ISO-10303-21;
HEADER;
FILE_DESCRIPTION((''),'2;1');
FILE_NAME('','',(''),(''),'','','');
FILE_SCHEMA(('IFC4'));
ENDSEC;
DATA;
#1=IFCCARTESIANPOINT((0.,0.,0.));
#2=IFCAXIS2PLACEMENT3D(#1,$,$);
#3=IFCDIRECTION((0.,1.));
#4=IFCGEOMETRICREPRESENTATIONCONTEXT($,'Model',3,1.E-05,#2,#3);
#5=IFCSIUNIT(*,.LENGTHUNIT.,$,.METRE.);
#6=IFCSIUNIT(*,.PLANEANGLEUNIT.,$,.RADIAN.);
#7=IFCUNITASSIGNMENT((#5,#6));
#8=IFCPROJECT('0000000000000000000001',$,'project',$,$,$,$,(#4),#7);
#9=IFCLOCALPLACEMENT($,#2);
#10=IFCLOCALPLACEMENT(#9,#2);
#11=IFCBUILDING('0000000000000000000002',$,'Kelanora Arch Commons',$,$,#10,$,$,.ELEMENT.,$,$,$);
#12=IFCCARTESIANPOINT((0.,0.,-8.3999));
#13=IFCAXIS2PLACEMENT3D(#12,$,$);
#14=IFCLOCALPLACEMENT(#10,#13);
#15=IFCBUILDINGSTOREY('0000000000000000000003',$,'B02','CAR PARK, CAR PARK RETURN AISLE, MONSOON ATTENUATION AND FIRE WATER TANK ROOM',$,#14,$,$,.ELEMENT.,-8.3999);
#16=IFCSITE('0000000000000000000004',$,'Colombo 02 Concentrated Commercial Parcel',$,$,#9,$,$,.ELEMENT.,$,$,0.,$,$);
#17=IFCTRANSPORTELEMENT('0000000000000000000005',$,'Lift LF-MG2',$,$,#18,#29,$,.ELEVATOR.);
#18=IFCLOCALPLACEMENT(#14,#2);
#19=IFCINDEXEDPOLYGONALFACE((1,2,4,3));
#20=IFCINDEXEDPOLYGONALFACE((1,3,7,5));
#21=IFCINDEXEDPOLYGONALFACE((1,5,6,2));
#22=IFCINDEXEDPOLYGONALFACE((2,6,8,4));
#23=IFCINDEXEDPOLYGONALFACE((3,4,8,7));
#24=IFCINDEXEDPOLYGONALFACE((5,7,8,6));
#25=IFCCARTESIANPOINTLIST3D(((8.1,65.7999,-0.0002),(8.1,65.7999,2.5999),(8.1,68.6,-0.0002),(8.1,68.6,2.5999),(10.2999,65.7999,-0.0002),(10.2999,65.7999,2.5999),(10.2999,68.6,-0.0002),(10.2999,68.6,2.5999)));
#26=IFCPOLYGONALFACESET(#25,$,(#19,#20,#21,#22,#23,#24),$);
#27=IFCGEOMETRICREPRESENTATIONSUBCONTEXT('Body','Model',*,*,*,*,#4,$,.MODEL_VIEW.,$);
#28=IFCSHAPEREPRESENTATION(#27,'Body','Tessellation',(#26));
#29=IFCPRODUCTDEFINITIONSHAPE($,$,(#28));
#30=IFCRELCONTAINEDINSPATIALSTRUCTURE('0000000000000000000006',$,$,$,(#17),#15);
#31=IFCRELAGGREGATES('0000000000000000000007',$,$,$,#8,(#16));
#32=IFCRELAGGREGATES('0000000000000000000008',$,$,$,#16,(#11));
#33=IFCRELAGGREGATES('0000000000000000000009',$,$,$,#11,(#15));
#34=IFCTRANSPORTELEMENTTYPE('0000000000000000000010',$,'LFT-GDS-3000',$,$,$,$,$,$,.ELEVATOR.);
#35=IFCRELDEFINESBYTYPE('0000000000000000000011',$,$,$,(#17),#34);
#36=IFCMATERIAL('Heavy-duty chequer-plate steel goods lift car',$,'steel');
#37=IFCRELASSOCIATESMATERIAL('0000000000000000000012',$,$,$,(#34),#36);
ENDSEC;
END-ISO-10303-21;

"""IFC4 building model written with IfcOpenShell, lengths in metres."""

from ifc_helpers import new_model, si_unit, direction, frame, origin, origin_2d, place, context, subcontext, project, spatial, rectangle, extrude, source, transform, mapped, material, type_object, element, save


model = new_model("IFC4")

# Units and contexts
model_context = context("Model", 3, precision=1e-05, world=origin(), true_north=direction((0.0, 1.0)))
body_context = subcontext(model_context, "Body", "Model", "MODEL_VIEW")
ifc_project = project(units=[si_unit("LENGTHUNIT", "METRE"), si_unit("PLANEANGLEUNIT", "RADIAN")], contexts=[model_context])

# Site, building, storey
site_placement = place(None, origin())
site = spatial("IfcSite", under=ifc_project, at=site_placement, Name="Colombo 02 Concentrated Commercial Parcel", CompositionType="ELEMENT", RefElevation=0.0)
building_placement = place(site_placement, origin())
building = spatial("IfcBuilding", under=site, at=building_placement, Name="Kelanora Arch Commons", CompositionType="ELEMENT")
storey_placement = place(building_placement, frame((0.0, 0.0, -8.3999)))
storey = spatial("IfcBuildingStorey", under=building, at=storey_placement, Name="B02", Description="CAR PARK, CAR PARK RETURN AISLE, MONSOON ATTENUATION AND FIRE WATER TANK ROOM", CompositionType="ELEMENT", Elevation=-8.3999)

# Transport element
ifc_material_1 = material(Name="Heavy-duty chequer-plate steel goods lift car", Category="steel")
transport_element_type = type_object("IfcTransportElementType", Name="LFT-GDS-3000", PredefinedType="ELEVATOR", material=ifc_material_1)
shared_shape_1 = source(origin(), body_context, "Body", "SweptSolid", [
    extrude(rectangle(XDim=2.2, YDim=2.8, at=origin_2d()), origin(), (0.0, 0.0, 1.0), 2.6001),
])
transport_element_placement = place(storey_placement, frame((9.2, 67.2, -0.0002), z_axis=(0.0, 0.0, 1.0), x_axis=(1.0, 0.0, 0.0)))
element("IfcTransportElement", 1, at=transport_element_placement, inside=storey, type_object=transport_element_type, Name="Lift LF-MG2", PredefinedType="ELEVATOR", context=body_context, shape_type="MappedRepresentation", body=[
    mapped(shared_shape_1, transform((0.0, 0.0, 0.0), scale=1.0)),
])

save(model, "model.ifc")
